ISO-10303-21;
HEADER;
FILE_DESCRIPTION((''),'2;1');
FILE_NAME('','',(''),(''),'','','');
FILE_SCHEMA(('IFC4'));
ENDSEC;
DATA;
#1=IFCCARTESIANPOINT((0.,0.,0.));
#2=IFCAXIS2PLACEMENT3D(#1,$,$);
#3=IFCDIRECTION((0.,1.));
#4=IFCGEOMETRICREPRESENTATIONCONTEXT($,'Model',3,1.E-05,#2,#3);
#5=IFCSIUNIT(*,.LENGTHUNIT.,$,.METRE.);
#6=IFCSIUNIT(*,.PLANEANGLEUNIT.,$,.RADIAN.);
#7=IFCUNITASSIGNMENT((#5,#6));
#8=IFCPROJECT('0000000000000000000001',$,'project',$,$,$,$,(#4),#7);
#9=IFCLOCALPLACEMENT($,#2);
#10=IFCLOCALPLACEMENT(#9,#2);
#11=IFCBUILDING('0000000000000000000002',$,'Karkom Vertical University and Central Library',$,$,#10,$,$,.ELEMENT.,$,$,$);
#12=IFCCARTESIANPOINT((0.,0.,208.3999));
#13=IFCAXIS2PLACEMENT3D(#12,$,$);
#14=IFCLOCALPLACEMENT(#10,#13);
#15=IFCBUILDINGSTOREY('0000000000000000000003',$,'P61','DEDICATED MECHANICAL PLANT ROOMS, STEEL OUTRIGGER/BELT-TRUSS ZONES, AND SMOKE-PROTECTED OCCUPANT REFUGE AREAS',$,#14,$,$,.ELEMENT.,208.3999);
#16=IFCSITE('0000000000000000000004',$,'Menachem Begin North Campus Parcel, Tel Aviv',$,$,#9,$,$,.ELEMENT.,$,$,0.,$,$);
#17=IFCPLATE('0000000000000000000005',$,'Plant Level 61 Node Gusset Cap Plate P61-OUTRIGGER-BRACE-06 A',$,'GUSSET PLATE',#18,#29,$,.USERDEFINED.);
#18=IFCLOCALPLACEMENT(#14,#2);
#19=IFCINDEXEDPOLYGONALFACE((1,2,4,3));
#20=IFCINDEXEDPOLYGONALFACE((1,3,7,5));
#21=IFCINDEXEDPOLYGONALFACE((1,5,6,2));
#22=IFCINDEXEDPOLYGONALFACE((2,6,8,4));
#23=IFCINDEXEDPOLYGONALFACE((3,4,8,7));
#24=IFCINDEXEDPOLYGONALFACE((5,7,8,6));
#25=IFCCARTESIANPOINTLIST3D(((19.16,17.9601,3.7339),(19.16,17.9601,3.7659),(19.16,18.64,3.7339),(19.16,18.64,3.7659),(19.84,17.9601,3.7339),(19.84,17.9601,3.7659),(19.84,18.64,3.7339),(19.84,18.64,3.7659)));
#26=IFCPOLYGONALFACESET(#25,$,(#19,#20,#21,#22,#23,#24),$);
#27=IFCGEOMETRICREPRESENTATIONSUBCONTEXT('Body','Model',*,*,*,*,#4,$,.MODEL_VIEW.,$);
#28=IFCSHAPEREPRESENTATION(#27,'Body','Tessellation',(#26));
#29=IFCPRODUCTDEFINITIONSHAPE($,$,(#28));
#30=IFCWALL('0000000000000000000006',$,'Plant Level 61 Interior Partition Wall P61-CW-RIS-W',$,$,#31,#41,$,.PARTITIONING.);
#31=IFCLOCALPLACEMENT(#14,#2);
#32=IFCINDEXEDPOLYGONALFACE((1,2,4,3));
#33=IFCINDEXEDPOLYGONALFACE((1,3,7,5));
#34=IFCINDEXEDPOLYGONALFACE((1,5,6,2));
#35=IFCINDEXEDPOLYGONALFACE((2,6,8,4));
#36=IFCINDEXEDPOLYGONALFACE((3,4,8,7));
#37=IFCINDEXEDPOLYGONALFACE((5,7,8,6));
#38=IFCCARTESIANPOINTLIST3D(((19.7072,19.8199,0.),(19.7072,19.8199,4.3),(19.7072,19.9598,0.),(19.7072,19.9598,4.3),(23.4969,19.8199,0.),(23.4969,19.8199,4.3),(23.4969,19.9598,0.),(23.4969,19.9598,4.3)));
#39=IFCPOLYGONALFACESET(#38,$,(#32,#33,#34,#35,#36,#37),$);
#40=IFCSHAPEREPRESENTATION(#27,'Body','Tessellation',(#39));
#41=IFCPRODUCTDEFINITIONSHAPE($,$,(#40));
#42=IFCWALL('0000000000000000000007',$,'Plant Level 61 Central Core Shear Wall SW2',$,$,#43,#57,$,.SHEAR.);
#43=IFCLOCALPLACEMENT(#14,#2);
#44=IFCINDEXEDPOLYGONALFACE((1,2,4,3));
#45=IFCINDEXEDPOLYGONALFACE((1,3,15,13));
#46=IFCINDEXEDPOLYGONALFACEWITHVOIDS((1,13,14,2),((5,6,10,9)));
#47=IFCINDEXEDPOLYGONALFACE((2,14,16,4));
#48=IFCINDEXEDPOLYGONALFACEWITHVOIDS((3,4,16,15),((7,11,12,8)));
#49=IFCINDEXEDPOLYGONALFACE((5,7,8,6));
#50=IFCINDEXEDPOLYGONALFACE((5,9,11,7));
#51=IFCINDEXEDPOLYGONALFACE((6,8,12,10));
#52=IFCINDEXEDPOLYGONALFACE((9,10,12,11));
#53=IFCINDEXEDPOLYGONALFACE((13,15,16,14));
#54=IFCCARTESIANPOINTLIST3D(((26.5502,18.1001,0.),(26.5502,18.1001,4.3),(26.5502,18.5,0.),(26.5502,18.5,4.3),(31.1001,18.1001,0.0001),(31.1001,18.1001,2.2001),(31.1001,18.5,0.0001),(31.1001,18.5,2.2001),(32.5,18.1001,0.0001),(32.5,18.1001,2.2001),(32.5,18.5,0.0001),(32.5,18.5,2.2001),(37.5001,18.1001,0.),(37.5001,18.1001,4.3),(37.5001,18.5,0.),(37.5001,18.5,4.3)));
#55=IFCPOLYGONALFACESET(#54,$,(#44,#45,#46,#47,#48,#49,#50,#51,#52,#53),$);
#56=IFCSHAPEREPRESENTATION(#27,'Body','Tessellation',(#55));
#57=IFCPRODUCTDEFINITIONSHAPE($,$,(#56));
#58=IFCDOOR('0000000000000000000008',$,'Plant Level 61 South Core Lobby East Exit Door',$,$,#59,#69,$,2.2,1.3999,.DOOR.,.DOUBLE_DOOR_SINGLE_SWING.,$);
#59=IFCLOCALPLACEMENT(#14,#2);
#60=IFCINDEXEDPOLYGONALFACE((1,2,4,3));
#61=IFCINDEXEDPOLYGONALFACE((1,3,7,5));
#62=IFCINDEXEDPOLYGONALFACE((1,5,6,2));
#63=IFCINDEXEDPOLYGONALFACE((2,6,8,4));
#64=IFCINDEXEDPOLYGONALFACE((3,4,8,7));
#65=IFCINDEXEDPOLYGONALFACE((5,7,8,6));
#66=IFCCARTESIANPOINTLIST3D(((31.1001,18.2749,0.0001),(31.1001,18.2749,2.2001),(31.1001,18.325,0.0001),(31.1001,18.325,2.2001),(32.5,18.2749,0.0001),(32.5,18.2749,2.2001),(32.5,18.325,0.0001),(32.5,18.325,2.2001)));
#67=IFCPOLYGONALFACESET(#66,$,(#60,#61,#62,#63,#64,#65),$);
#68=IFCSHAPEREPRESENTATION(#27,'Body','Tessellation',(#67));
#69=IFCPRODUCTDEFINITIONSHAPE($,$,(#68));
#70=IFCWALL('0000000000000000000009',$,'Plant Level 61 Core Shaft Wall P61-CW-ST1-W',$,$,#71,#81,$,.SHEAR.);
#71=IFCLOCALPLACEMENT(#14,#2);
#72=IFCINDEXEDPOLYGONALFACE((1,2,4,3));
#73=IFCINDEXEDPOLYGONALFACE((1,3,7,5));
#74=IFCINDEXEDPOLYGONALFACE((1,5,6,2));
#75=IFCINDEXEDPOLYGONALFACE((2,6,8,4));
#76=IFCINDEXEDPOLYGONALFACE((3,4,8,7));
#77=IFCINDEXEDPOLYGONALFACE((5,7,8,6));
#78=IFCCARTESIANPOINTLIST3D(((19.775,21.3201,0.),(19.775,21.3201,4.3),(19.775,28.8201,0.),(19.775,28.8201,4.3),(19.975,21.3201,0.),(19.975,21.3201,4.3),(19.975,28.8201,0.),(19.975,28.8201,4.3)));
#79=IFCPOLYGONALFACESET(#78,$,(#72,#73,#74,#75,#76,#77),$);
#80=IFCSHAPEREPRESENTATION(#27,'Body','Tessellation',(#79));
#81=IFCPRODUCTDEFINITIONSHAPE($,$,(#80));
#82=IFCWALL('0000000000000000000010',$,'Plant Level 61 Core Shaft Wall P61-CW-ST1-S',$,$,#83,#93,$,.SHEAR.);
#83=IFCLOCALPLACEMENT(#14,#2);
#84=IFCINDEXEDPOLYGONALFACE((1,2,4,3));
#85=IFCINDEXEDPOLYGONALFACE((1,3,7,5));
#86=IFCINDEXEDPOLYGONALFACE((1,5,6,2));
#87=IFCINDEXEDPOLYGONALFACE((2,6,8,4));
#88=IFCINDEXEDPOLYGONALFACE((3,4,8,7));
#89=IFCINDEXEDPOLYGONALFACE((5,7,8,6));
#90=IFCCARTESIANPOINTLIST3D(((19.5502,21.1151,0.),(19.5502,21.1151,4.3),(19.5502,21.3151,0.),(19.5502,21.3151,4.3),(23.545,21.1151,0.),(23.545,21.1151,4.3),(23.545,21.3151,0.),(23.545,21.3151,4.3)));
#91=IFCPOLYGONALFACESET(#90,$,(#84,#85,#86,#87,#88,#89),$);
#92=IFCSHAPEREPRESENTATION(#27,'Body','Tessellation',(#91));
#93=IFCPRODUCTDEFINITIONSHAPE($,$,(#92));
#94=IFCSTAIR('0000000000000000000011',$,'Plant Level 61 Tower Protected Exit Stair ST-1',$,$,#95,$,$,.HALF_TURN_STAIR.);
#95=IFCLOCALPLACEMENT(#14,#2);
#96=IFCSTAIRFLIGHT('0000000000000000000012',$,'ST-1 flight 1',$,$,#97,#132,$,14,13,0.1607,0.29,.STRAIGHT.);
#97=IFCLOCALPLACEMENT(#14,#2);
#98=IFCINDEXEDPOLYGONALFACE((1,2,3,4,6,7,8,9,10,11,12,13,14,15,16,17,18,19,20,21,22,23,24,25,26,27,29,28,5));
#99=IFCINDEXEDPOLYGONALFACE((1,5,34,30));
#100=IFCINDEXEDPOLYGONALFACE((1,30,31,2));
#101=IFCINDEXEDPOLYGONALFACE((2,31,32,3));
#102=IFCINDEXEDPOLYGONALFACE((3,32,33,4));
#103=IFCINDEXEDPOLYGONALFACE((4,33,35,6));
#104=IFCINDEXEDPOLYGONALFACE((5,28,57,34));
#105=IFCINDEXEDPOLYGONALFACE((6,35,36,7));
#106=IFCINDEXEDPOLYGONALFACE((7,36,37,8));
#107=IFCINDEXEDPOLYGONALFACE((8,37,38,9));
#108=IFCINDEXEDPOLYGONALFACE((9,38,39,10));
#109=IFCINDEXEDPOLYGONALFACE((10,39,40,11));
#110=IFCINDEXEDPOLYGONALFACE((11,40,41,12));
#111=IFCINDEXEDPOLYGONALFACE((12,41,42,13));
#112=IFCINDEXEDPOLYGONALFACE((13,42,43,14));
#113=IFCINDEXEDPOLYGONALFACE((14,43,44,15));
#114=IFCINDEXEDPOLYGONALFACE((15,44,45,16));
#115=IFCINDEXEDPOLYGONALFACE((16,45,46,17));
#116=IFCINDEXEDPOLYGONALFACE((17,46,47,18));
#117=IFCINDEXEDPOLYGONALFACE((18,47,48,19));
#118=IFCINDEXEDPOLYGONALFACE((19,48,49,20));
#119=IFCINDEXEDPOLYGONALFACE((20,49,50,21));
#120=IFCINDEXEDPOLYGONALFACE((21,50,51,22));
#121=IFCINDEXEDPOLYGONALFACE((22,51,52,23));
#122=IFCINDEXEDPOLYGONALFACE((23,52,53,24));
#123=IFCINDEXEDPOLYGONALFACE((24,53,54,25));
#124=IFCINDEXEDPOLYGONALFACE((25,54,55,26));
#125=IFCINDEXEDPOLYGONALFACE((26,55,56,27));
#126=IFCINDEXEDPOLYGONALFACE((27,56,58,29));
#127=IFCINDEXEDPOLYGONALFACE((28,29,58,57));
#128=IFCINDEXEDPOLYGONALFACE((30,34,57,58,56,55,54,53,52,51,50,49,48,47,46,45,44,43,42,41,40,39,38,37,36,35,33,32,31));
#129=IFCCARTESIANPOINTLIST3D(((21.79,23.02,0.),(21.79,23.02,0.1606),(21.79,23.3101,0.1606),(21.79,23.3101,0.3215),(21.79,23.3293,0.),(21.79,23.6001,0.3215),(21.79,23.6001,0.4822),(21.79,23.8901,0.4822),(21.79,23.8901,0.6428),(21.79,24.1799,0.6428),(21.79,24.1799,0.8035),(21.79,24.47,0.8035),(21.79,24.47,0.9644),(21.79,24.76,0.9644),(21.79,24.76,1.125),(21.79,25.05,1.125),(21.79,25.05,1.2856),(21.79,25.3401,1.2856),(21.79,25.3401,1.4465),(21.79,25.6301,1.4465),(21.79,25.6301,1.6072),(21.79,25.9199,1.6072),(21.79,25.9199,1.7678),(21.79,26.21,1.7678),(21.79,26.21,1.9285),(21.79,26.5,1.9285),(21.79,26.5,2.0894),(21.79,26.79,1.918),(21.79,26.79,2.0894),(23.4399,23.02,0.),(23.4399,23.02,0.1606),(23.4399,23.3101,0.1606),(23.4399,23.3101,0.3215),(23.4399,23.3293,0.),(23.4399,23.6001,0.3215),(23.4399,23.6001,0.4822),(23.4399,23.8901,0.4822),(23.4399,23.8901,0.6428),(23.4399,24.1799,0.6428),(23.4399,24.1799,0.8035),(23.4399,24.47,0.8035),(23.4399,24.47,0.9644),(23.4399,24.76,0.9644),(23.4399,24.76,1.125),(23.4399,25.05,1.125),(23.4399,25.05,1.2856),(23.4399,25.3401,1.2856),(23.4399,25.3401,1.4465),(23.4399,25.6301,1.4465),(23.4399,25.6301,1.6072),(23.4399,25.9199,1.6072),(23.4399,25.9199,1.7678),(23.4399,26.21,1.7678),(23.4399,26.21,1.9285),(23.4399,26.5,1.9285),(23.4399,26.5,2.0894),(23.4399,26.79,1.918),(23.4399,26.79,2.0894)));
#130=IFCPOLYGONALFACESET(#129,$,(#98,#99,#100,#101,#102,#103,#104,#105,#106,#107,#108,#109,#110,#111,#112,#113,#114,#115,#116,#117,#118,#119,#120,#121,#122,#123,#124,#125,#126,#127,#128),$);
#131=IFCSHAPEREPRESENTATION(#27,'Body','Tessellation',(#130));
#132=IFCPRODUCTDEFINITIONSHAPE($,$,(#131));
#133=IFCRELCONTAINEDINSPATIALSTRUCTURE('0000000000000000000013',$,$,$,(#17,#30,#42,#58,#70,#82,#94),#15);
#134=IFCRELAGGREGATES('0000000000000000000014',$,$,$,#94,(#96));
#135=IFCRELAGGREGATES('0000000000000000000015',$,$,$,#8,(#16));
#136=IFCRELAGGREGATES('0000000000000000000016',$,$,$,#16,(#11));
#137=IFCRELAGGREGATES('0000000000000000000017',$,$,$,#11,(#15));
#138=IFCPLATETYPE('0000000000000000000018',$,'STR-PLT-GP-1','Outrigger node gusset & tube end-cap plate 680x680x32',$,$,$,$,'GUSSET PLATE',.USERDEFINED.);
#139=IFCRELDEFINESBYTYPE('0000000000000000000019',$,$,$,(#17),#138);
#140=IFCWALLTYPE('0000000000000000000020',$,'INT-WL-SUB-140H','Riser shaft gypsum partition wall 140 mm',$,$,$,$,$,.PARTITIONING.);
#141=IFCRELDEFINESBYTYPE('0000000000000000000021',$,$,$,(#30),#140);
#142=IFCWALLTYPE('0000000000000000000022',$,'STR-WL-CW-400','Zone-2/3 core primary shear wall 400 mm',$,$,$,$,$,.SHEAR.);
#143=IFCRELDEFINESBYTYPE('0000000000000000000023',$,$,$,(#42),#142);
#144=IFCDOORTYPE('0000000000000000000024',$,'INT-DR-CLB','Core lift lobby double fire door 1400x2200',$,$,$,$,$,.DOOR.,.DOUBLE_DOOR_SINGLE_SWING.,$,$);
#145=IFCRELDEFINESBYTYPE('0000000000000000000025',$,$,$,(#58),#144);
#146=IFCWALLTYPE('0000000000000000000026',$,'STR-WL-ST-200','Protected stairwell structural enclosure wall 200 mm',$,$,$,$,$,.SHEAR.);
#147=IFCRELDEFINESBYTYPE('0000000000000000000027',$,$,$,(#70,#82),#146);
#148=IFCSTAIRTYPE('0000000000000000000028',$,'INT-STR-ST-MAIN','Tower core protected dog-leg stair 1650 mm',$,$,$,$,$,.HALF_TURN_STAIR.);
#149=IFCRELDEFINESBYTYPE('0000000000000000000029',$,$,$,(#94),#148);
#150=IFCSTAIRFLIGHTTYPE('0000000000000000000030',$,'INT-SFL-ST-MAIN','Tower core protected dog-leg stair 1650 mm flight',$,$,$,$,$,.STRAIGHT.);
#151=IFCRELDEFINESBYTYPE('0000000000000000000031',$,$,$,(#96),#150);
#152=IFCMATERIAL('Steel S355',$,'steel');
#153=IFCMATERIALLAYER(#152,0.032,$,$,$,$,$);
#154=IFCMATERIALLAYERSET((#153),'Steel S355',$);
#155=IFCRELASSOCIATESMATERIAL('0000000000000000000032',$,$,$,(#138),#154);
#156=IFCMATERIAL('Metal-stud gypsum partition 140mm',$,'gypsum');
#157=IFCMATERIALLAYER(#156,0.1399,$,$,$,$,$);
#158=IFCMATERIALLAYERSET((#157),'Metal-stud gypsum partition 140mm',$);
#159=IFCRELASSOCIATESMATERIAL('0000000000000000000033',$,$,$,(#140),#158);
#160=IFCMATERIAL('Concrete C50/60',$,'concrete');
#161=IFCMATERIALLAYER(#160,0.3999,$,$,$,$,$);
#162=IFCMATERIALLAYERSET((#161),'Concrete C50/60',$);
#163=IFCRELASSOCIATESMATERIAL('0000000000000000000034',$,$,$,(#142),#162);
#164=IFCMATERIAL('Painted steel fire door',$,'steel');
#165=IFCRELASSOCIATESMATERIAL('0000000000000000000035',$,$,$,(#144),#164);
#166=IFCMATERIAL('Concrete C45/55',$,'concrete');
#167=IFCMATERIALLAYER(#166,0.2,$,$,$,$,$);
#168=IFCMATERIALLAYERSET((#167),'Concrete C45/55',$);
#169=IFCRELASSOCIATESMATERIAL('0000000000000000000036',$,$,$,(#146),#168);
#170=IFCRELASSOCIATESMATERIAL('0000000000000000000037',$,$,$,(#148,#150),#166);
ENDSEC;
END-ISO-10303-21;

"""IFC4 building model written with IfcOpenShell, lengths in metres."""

from ifc_helpers import new_model, si_unit, direction, frame, frame_2d, origin, origin_with_axes, origin_2d, place, context, subcontext, project, spatial, polyline, rectangle, outline, extrude, source, transform, mapped, material, layer, layer_set, type_object, element, fill, aggregate, save


model = new_model("IFC4")

# Units and contexts
model_context = context("Model", 3, precision=1e-05, world=origin(), true_north=direction((0.0, 1.0)))
body_context = subcontext(model_context, "Body", "Model", "MODEL_VIEW")
ifc_project = project(units=[si_unit("LENGTHUNIT", "METRE"), si_unit("PLANEANGLEUNIT", "RADIAN")], contexts=[model_context])

# Site, building, storey
site_placement = place(None, origin())
site = spatial("IfcSite", under=ifc_project, at=site_placement, Name="Menachem Begin North Campus Parcel, Tel Aviv", CompositionType="ELEMENT", RefElevation=0.0)
building_placement = place(site_placement, origin())
building = spatial("IfcBuilding", under=site, at=building_placement, Name="Karkom Vertical University and Central Library", CompositionType="ELEMENT")
storey_placement = place(building_placement, frame((0.0, 0.0, 208.3999)))
storey = spatial("IfcBuildingStorey", under=building, at=storey_placement, Name="P61", Description="DEDICATED MECHANICAL PLANT ROOMS, STEEL OUTRIGGER/BELT-TRUSS ZONES, AND SMOKE-PROTECTED OCCUPANT REFUGE AREAS", CompositionType="ELEMENT", Elevation=208.3999)

# Shared definitions
ifc_material_1 = material(Name="Concrete C50/60", Category="concrete")

# Plate
ifc_material_2 = material(Name="Steel S355", Category="steel")
ifc_layer_1 = layer(ifc_material_2, 0.032)
ifc_layer_set_1 = layer_set([ifc_layer_1], Name="Steel S355")
plate_type = type_object("IfcPlateType", Name="STR-PLT-GP-1", Description="Outrigger node gusset & tube end-cap plate 680x680x32", ElementType="GUSSET PLATE", PredefinedType="USERDEFINED", material=ifc_layer_set_1)
shared_shape_1 = source(origin_with_axes(), body_context, "Body", "SweptSolid", [
    extrude(rectangle(XDim=0.6799, YDim=0.6799, at=origin_2d()), origin(), (0.0, 0.0, 1.0), 0.032),
])
plate_placement = place(storey_placement, frame((19.5, 18.3, 3.7339), z_axis=(0.0, 0.0, 1.0), x_axis=(1.0, 0.0, 0.0)))
element("IfcPlate", 1, at=plate_placement, inside=storey, type_object=plate_type, Name="Plant Level 61 Node Gusset Cap Plate P61-OUTRIGGER-BRACE-06 A", ObjectType="GUSSET PLATE", PredefinedType="USERDEFINED", context=body_context, shape_type="MappedRepresentation", body=[
    mapped(shared_shape_1, transform((0.0, 0.0, 0.0), scale=1.0)),
])

# Wall
ifc_material_3 = material(Name="Metal-stud gypsum partition 140mm", Category="gypsum")
ifc_layer_2 = layer(ifc_material_3, 0.1399)
ifc_layer_set_2 = layer_set([ifc_layer_2], Name="Metal-stud gypsum partition 140mm")
wall_type_1 = type_object("IfcWallType", Name="INT-WL-SUB-140H", Description="Riser shaft gypsum partition wall 140 mm", PredefinedType="PARTITIONING", material=ifc_layer_set_2)
wall_1_placement = place(storey_placement, frame((19.707, 19.8899, 0.0), z_axis=(0.0, 0.0, 1.0), x_axis=(1.0, 0.0, 0.0)))
element("IfcWall", 2, at=wall_1_placement, inside=storey, type_object=wall_type_1, Name="Plant Level 61 Interior Partition Wall P61-CW-RIS-W", PredefinedType="PARTITIONING", context=body_context, shape_type="SweptSolid", body=[
    extrude(rectangle(XDim=3.7898, YDim=0.1399, at=frame_2d((1.895, 0.0))), origin(), (0.0, 0.0, 1.0), 4.3),
])

# Wall, opening, door
ifc_layer_3 = layer(ifc_material_1, 0.3999)
ifc_layer_set_3 = layer_set([ifc_layer_3], Name="Concrete C50/60")
wall_type_2 = type_object("IfcWallType", Name="STR-WL-CW-400", Description="Zone-2/3 core primary shear wall 400 mm", PredefinedType="SHEAR", material=ifc_layer_set_3)
wall_2_placement = place(storey_placement, frame((26.55, 18.3, 0.0), z_axis=(0.0, 0.0, 1.0), x_axis=(1.0, 0.0, 0.0)))
wall_2 = element("IfcWall", 3, at=wall_2_placement, inside=storey, type_object=wall_type_2, Name="Plant Level 61 Central Core Shear Wall SW2", PredefinedType="SHEAR", context=body_context, shape_type="SweptSolid", body=[
    extrude(rectangle(XDim=10.95, YDim=0.3999, at=frame_2d((5.4751, 0.0))), origin(), (0.0, 0.0, 1.0), 4.3),
])
opening_1_placement = place(wall_2_placement, frame((4.55, 0.0, 0.0)))
opening_1 = element("IfcOpeningElement", 4, at=opening_1_placement, cuts=wall_2, PredefinedType="OPENING", context=body_context, shape_type="SweptSolid", body=[
    extrude(rectangle(XDim=1.3999, YDim=2.2, at=frame_2d((0.7, 1.1001))), frame((0.0, 0.21, 0.0), z_axis=(0.0, -1.0, 0.0), x_axis=(1.0, 0.0, 0.0)), (0.0, 0.0, 1.0), 0.4199),
])
ifc_material_4 = material(Name="Painted steel fire door", Category="steel")
door_type_1 = type_object("IfcDoorType", Name="INT-DR-CLB", Description="Core lift lobby double fire door 1400x2200", OperationType="DOUBLE_DOOR_SINGLE_SWING", PredefinedType="DOOR", material=ifc_material_4)
shared_shape_2 = source(origin_with_axes(), body_context, "Body", "SweptSolid", [
    extrude(rectangle(XDim=1.3999, YDim=2.2, at=frame_2d((0.7, 1.1001))), frame((0.0, 0.0249, 0.0), z_axis=(0.0, -1.0, 0.0), x_axis=(1.0, 0.0, 0.0)), (0.0, 0.0, 1.0), 0.05),
])
door_1_placement = place(opening_1_placement, origin())
door_1 = element("IfcDoor", 5, at=door_1_placement, inside=storey, type_object=door_type_1, Name="Plant Level 61 South Core Lobby East Exit Door", OperationType="DOUBLE_DOOR_SINGLE_SWING", OverallHeight=2.2, OverallWidth=1.3999, PredefinedType="DOOR", context=body_context, shape_type="MappedRepresentation", body=[
    mapped(shared_shape_2, transform((0.0, 0.0, 0.0), scale=1.0)),
])
fill(opening_1, door_1)

# Shared definitions
ifc_material_5 = material(Name="Concrete C45/55", Category="concrete")
ifc_layer_4 = layer(ifc_material_5, 0.2)
ifc_layer_set_4 = layer_set([ifc_layer_4], Name="Concrete C45/55")
wall_type_3 = type_object("IfcWallType", Name="STR-WL-ST-200", Description="Protected stairwell structural enclosure wall 200 mm", PredefinedType="SHEAR", material=ifc_layer_set_4)

# Walls
wall_3_placement = place(storey_placement, frame((19.875, 21.3201, 0.0), z_axis=(0.0, 0.0, 1.0), x_axis=(0.0, 1.0, 0.0)))
element("IfcWall", 6, at=wall_3_placement, inside=storey, type_object=wall_type_3, Name="Plant Level 61 Core Shaft Wall P61-CW-ST1-W", PredefinedType="SHEAR", context=body_context, shape_type="SweptSolid", body=[
    extrude(rectangle(XDim=7.5, YDim=0.2, at=frame_2d((3.75, 0.0))), origin(), (0.0, 0.0, 1.0), 4.3),
])
wall_4_placement = place(storey_placement, frame((19.55, 21.2151, 0.0), z_axis=(0.0, 0.0, 1.0), x_axis=(1.0, 0.0, 0.0)))
element("IfcWall", 7, at=wall_4_placement, inside=storey, type_object=wall_type_3, Name="Plant Level 61 Core Shaft Wall P61-CW-ST1-S", PredefinedType="SHEAR", context=body_context, shape_type="SweptSolid", body=[
    extrude(rectangle(XDim=3.9949, YDim=0.2, at=frame_2d((1.9976, 0.0))), origin(), (0.0, 0.0, 1.0), 4.3),
])

# Stair, stair flight
stair_type = type_object("IfcStairType", Name="INT-STR-ST-MAIN", Description="Tower core protected dog-leg stair 1650 mm", PredefinedType="HALF_TURN_STAIR", material=ifc_material_5)
stair_placement = place(storey_placement, origin())
stair = element("IfcStair", 8, at=stair_placement, inside=storey, type_object=stair_type, Name="Plant Level 61 Tower Protected Exit Stair ST-1", PredefinedType="HALF_TURN_STAIR")
stair_flight_type = type_object("IfcStairFlightType", Name="INT-SFL-ST-MAIN", Description="Tower core protected dog-leg stair 1650 mm flight", PredefinedType="STRAIGHT", material=ifc_material_5)
stair_flight_placement = place(storey_placement, frame((22.615, 23.02, 0.0), z_axis=(0.0, 0.0, 1.0), x_axis=(0.0, 1.0, 0.0)))
stair_flight = element("IfcStairFlight", 9, at=stair_flight_placement, type_object=stair_flight_type, Name="ST-1 flight 1", NumberOfRisers=14, NumberOfTreads=13, PredefinedType="STRAIGHT", RiserHeight=0.1607, TreadLength=0.29, context=body_context, shape_type="SweptSolid", body=[
    extrude(outline(polyline([(0.0, 0.0), (0.0, 0.1606), (0.29, 0.1606), (0.29, 0.3215), (0.5801, 0.3215), (0.5801, 0.4822), (0.8701, 0.4822), (0.8701, 0.6428), (1.1599, 0.6428), (1.1599, 0.8035), (1.45, 0.8035), (1.45, 0.9644), (1.74, 0.9644), (1.74, 1.125), (2.03, 1.125), (2.03, 1.2856), (2.3201, 1.2856), (2.3201, 1.4465), (2.6101, 1.4465), (2.6101, 1.6072), (2.8999, 1.6072), (2.8999, 1.7678), (3.1899, 1.7678), (3.1899, 1.9285), (3.48, 1.9285), (3.48, 2.0894), (3.77, 2.0894), (3.77, 2.25), (3.77, 1.918), (0.3093, 0.0), (0.0, 0.0)])), frame((0.0, 0.825, 0.0), z_axis=(0.0, -1.0, 0.0), x_axis=(1.0, 0.0, 0.0)), (0.0, 0.0, 1.0), 1.6499),
])
aggregate(stair, [stair_flight])

save(model, "model.ifc")
